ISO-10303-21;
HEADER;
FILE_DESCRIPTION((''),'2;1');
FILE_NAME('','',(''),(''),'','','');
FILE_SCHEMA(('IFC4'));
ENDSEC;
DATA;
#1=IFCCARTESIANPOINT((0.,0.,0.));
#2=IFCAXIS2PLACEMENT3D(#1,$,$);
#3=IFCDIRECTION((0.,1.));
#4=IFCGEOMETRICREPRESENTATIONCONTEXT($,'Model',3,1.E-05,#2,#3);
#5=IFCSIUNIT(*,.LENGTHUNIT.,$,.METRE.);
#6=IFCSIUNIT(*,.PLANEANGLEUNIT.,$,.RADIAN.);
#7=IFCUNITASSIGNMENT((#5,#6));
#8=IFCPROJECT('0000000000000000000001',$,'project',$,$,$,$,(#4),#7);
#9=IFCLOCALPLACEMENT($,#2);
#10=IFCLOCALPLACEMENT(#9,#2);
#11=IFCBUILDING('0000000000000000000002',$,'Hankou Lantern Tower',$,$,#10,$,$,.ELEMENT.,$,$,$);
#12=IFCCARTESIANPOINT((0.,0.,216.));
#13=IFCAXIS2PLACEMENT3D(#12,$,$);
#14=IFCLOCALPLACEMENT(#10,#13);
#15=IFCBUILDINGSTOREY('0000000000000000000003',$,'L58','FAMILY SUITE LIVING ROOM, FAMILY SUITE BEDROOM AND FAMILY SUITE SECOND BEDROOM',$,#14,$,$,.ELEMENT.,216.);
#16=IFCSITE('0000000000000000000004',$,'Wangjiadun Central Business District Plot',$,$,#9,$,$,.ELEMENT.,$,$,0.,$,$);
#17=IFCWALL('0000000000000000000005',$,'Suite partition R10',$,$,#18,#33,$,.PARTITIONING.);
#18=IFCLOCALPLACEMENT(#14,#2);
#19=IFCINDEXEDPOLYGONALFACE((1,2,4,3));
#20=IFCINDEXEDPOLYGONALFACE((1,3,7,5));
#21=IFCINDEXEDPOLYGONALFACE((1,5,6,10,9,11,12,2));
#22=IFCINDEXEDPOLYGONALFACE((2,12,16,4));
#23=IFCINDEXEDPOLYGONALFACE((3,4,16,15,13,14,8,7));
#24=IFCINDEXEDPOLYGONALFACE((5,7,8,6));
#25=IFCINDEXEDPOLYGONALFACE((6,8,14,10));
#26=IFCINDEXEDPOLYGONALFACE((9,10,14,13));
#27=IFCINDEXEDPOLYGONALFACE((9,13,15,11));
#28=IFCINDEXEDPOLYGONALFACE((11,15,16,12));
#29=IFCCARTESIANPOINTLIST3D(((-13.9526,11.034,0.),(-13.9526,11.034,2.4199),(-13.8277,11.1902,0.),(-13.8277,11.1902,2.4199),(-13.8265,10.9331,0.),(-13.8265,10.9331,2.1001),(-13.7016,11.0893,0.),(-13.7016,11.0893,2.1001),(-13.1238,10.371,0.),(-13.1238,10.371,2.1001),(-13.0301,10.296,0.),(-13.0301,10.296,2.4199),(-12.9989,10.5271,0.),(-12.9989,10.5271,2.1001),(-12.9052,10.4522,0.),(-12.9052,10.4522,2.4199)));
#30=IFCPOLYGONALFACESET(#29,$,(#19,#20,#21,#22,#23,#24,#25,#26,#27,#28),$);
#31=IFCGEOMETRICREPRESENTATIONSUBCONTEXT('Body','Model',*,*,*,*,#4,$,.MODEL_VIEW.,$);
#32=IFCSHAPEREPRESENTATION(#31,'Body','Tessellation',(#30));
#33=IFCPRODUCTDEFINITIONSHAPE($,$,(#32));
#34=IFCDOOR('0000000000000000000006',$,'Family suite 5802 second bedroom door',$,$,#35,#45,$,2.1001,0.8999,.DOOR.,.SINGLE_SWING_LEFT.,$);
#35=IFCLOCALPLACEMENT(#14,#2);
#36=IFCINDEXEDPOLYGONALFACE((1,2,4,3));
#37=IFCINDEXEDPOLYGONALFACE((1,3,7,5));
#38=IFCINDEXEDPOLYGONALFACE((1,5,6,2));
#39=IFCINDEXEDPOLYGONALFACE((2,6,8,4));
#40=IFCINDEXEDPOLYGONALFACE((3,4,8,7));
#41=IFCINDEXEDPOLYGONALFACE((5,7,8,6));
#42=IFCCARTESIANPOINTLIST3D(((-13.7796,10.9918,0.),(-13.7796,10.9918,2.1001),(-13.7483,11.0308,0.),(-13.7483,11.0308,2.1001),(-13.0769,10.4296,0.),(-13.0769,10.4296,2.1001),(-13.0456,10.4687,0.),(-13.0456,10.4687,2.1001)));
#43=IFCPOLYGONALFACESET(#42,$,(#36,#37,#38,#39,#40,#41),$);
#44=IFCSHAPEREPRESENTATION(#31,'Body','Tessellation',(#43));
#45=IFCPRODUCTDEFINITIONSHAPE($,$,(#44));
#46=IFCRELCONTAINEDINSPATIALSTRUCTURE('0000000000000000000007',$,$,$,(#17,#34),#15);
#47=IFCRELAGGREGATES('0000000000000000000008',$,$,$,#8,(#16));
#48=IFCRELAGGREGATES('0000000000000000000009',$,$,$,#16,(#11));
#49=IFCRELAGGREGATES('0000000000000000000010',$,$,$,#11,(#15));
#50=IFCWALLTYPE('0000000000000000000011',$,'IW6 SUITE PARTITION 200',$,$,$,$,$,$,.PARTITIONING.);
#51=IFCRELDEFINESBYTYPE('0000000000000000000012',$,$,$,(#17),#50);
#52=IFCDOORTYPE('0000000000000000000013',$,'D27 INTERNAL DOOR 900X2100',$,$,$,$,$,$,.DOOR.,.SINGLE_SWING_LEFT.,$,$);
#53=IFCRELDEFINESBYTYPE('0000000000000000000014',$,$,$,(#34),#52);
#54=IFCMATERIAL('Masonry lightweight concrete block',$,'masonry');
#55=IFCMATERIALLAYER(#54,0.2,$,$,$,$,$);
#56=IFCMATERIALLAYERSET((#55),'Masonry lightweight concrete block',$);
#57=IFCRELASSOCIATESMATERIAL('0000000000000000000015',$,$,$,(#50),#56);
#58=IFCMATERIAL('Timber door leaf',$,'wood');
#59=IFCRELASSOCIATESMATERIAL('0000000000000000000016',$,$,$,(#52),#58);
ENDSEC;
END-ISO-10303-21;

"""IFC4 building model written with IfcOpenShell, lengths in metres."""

from ifc_helpers import new_model, si_unit, direction, frame, frame_2d, origin, place, context, subcontext, project, spatial, rectangle, extrude, material, layer, layer_set, type_object, element, fill, save


model = new_model("IFC4")

# Units and contexts
model_context = context("Model", 3, precision=1e-05, world=origin(), true_north=direction((0.0, 1.0)))
body_context = subcontext(model_context, "Body", "Model", "MODEL_VIEW")
ifc_project = project(units=[si_unit("LENGTHUNIT", "METRE"), si_unit("PLANEANGLEUNIT", "RADIAN")], contexts=[model_context])

# Site, building, storey
site_placement = place(None, origin())
site = spatial("IfcSite", under=ifc_project, at=site_placement, Name="Wangjiadun Central Business District Plot", CompositionType="ELEMENT", RefElevation=0.0)
building_placement = place(site_placement, origin())
building = spatial("IfcBuilding", under=site, at=building_placement, Name="Hankou Lantern Tower", CompositionType="ELEMENT")
storey_placement = place(building_placement, frame((0.0, 0.0, 216.0)))
storey = spatial("IfcBuildingStorey", under=building, at=storey_placement, Name="L58", Description="FAMILY SUITE LIVING ROOM, FAMILY SUITE BEDROOM AND FAMILY SUITE SECOND BEDROOM", CompositionType="ELEMENT", Elevation=216.0)

# Shared definitions
ifc_material_1 = material(Name="Masonry lightweight concrete block", Category="masonry")
ifc_layer_1 = layer(ifc_material_1, 0.2)
ifc_layer_set_1 = layer_set([ifc_layer_1], Name="Masonry lightweight concrete block")
wall_type_1 = type_object("IfcWallType", Name="IW6 SUITE PARTITION 200", PredefinedType="PARTITIONING", material=ifc_layer_set_1)

# Wall, opening, door
wall_1_placement = place(storey_placement, frame((-12.9675, 10.374, 0.0), z_axis=(0.0, 0.0, 1.0), x_axis=(-0.780889, 0.62467, 0.0)))
wall_1 = element("IfcWall", 1, at=wall_1_placement, inside=storey, type_object=wall_type_1, Name="Suite partition R10", PredefinedType="PARTITIONING", context=body_context, shape_type="SweptSolid", body=[
    extrude(rectangle(XDim=1.1814, YDim=0.2, at=frame_2d((0.5908, 0.0))), origin(), (0.0, 0.0, 1.0), 2.4199),
])
opening_1_placement = place(wall_1_placement, frame((0.1201, 0.0, 0.0)))
opening_1 = element("IfcOpeningElement", 2, at=opening_1_placement, cuts=wall_1, PredefinedType="OPENING", context=body_context, shape_type="SweptSolid", body=[
    extrude(rectangle(XDim=0.8999, YDim=2.1001, at=frame_2d((0.45, 1.05))), frame((0.0, 0.1099, 0.0), z_axis=(0.0, -1.0, 0.0), x_axis=(1.0, 0.0, 0.0)), (0.0, 0.0, 1.0), 0.22),
])
ifc_material_2 = material(Name="Timber door leaf", Category="wood")
door_type_1 = type_object("IfcDoorType", Name="D27 INTERNAL DOOR 900X2100", OperationType="SINGLE_SWING_LEFT", PredefinedType="DOOR", material=ifc_material_2)
door_1_placement = place(opening_1_placement, origin())
door_1 = element("IfcDoor", 3, at=door_1_placement, inside=storey, type_object=door_type_1, Name="Family suite 5802 second bedroom door", OperationType="SINGLE_SWING_LEFT", OverallHeight=2.1001, OverallWidth=0.8999, PredefinedType="DOOR", context=body_context, shape_type="SweptSolid", body=[
    extrude(rectangle(XDim=0.8999, YDim=2.1001, at=frame_2d((0.45, 1.05))), frame((0.0, 0.0249, 0.0), z_axis=(0.0, -1.0, 0.0), x_axis=(1.0, 0.0, 0.0)), (0.0, 0.0, 1.0), 0.05),
])
fill(opening_1, door_1)

save(model, "model.ifc")
